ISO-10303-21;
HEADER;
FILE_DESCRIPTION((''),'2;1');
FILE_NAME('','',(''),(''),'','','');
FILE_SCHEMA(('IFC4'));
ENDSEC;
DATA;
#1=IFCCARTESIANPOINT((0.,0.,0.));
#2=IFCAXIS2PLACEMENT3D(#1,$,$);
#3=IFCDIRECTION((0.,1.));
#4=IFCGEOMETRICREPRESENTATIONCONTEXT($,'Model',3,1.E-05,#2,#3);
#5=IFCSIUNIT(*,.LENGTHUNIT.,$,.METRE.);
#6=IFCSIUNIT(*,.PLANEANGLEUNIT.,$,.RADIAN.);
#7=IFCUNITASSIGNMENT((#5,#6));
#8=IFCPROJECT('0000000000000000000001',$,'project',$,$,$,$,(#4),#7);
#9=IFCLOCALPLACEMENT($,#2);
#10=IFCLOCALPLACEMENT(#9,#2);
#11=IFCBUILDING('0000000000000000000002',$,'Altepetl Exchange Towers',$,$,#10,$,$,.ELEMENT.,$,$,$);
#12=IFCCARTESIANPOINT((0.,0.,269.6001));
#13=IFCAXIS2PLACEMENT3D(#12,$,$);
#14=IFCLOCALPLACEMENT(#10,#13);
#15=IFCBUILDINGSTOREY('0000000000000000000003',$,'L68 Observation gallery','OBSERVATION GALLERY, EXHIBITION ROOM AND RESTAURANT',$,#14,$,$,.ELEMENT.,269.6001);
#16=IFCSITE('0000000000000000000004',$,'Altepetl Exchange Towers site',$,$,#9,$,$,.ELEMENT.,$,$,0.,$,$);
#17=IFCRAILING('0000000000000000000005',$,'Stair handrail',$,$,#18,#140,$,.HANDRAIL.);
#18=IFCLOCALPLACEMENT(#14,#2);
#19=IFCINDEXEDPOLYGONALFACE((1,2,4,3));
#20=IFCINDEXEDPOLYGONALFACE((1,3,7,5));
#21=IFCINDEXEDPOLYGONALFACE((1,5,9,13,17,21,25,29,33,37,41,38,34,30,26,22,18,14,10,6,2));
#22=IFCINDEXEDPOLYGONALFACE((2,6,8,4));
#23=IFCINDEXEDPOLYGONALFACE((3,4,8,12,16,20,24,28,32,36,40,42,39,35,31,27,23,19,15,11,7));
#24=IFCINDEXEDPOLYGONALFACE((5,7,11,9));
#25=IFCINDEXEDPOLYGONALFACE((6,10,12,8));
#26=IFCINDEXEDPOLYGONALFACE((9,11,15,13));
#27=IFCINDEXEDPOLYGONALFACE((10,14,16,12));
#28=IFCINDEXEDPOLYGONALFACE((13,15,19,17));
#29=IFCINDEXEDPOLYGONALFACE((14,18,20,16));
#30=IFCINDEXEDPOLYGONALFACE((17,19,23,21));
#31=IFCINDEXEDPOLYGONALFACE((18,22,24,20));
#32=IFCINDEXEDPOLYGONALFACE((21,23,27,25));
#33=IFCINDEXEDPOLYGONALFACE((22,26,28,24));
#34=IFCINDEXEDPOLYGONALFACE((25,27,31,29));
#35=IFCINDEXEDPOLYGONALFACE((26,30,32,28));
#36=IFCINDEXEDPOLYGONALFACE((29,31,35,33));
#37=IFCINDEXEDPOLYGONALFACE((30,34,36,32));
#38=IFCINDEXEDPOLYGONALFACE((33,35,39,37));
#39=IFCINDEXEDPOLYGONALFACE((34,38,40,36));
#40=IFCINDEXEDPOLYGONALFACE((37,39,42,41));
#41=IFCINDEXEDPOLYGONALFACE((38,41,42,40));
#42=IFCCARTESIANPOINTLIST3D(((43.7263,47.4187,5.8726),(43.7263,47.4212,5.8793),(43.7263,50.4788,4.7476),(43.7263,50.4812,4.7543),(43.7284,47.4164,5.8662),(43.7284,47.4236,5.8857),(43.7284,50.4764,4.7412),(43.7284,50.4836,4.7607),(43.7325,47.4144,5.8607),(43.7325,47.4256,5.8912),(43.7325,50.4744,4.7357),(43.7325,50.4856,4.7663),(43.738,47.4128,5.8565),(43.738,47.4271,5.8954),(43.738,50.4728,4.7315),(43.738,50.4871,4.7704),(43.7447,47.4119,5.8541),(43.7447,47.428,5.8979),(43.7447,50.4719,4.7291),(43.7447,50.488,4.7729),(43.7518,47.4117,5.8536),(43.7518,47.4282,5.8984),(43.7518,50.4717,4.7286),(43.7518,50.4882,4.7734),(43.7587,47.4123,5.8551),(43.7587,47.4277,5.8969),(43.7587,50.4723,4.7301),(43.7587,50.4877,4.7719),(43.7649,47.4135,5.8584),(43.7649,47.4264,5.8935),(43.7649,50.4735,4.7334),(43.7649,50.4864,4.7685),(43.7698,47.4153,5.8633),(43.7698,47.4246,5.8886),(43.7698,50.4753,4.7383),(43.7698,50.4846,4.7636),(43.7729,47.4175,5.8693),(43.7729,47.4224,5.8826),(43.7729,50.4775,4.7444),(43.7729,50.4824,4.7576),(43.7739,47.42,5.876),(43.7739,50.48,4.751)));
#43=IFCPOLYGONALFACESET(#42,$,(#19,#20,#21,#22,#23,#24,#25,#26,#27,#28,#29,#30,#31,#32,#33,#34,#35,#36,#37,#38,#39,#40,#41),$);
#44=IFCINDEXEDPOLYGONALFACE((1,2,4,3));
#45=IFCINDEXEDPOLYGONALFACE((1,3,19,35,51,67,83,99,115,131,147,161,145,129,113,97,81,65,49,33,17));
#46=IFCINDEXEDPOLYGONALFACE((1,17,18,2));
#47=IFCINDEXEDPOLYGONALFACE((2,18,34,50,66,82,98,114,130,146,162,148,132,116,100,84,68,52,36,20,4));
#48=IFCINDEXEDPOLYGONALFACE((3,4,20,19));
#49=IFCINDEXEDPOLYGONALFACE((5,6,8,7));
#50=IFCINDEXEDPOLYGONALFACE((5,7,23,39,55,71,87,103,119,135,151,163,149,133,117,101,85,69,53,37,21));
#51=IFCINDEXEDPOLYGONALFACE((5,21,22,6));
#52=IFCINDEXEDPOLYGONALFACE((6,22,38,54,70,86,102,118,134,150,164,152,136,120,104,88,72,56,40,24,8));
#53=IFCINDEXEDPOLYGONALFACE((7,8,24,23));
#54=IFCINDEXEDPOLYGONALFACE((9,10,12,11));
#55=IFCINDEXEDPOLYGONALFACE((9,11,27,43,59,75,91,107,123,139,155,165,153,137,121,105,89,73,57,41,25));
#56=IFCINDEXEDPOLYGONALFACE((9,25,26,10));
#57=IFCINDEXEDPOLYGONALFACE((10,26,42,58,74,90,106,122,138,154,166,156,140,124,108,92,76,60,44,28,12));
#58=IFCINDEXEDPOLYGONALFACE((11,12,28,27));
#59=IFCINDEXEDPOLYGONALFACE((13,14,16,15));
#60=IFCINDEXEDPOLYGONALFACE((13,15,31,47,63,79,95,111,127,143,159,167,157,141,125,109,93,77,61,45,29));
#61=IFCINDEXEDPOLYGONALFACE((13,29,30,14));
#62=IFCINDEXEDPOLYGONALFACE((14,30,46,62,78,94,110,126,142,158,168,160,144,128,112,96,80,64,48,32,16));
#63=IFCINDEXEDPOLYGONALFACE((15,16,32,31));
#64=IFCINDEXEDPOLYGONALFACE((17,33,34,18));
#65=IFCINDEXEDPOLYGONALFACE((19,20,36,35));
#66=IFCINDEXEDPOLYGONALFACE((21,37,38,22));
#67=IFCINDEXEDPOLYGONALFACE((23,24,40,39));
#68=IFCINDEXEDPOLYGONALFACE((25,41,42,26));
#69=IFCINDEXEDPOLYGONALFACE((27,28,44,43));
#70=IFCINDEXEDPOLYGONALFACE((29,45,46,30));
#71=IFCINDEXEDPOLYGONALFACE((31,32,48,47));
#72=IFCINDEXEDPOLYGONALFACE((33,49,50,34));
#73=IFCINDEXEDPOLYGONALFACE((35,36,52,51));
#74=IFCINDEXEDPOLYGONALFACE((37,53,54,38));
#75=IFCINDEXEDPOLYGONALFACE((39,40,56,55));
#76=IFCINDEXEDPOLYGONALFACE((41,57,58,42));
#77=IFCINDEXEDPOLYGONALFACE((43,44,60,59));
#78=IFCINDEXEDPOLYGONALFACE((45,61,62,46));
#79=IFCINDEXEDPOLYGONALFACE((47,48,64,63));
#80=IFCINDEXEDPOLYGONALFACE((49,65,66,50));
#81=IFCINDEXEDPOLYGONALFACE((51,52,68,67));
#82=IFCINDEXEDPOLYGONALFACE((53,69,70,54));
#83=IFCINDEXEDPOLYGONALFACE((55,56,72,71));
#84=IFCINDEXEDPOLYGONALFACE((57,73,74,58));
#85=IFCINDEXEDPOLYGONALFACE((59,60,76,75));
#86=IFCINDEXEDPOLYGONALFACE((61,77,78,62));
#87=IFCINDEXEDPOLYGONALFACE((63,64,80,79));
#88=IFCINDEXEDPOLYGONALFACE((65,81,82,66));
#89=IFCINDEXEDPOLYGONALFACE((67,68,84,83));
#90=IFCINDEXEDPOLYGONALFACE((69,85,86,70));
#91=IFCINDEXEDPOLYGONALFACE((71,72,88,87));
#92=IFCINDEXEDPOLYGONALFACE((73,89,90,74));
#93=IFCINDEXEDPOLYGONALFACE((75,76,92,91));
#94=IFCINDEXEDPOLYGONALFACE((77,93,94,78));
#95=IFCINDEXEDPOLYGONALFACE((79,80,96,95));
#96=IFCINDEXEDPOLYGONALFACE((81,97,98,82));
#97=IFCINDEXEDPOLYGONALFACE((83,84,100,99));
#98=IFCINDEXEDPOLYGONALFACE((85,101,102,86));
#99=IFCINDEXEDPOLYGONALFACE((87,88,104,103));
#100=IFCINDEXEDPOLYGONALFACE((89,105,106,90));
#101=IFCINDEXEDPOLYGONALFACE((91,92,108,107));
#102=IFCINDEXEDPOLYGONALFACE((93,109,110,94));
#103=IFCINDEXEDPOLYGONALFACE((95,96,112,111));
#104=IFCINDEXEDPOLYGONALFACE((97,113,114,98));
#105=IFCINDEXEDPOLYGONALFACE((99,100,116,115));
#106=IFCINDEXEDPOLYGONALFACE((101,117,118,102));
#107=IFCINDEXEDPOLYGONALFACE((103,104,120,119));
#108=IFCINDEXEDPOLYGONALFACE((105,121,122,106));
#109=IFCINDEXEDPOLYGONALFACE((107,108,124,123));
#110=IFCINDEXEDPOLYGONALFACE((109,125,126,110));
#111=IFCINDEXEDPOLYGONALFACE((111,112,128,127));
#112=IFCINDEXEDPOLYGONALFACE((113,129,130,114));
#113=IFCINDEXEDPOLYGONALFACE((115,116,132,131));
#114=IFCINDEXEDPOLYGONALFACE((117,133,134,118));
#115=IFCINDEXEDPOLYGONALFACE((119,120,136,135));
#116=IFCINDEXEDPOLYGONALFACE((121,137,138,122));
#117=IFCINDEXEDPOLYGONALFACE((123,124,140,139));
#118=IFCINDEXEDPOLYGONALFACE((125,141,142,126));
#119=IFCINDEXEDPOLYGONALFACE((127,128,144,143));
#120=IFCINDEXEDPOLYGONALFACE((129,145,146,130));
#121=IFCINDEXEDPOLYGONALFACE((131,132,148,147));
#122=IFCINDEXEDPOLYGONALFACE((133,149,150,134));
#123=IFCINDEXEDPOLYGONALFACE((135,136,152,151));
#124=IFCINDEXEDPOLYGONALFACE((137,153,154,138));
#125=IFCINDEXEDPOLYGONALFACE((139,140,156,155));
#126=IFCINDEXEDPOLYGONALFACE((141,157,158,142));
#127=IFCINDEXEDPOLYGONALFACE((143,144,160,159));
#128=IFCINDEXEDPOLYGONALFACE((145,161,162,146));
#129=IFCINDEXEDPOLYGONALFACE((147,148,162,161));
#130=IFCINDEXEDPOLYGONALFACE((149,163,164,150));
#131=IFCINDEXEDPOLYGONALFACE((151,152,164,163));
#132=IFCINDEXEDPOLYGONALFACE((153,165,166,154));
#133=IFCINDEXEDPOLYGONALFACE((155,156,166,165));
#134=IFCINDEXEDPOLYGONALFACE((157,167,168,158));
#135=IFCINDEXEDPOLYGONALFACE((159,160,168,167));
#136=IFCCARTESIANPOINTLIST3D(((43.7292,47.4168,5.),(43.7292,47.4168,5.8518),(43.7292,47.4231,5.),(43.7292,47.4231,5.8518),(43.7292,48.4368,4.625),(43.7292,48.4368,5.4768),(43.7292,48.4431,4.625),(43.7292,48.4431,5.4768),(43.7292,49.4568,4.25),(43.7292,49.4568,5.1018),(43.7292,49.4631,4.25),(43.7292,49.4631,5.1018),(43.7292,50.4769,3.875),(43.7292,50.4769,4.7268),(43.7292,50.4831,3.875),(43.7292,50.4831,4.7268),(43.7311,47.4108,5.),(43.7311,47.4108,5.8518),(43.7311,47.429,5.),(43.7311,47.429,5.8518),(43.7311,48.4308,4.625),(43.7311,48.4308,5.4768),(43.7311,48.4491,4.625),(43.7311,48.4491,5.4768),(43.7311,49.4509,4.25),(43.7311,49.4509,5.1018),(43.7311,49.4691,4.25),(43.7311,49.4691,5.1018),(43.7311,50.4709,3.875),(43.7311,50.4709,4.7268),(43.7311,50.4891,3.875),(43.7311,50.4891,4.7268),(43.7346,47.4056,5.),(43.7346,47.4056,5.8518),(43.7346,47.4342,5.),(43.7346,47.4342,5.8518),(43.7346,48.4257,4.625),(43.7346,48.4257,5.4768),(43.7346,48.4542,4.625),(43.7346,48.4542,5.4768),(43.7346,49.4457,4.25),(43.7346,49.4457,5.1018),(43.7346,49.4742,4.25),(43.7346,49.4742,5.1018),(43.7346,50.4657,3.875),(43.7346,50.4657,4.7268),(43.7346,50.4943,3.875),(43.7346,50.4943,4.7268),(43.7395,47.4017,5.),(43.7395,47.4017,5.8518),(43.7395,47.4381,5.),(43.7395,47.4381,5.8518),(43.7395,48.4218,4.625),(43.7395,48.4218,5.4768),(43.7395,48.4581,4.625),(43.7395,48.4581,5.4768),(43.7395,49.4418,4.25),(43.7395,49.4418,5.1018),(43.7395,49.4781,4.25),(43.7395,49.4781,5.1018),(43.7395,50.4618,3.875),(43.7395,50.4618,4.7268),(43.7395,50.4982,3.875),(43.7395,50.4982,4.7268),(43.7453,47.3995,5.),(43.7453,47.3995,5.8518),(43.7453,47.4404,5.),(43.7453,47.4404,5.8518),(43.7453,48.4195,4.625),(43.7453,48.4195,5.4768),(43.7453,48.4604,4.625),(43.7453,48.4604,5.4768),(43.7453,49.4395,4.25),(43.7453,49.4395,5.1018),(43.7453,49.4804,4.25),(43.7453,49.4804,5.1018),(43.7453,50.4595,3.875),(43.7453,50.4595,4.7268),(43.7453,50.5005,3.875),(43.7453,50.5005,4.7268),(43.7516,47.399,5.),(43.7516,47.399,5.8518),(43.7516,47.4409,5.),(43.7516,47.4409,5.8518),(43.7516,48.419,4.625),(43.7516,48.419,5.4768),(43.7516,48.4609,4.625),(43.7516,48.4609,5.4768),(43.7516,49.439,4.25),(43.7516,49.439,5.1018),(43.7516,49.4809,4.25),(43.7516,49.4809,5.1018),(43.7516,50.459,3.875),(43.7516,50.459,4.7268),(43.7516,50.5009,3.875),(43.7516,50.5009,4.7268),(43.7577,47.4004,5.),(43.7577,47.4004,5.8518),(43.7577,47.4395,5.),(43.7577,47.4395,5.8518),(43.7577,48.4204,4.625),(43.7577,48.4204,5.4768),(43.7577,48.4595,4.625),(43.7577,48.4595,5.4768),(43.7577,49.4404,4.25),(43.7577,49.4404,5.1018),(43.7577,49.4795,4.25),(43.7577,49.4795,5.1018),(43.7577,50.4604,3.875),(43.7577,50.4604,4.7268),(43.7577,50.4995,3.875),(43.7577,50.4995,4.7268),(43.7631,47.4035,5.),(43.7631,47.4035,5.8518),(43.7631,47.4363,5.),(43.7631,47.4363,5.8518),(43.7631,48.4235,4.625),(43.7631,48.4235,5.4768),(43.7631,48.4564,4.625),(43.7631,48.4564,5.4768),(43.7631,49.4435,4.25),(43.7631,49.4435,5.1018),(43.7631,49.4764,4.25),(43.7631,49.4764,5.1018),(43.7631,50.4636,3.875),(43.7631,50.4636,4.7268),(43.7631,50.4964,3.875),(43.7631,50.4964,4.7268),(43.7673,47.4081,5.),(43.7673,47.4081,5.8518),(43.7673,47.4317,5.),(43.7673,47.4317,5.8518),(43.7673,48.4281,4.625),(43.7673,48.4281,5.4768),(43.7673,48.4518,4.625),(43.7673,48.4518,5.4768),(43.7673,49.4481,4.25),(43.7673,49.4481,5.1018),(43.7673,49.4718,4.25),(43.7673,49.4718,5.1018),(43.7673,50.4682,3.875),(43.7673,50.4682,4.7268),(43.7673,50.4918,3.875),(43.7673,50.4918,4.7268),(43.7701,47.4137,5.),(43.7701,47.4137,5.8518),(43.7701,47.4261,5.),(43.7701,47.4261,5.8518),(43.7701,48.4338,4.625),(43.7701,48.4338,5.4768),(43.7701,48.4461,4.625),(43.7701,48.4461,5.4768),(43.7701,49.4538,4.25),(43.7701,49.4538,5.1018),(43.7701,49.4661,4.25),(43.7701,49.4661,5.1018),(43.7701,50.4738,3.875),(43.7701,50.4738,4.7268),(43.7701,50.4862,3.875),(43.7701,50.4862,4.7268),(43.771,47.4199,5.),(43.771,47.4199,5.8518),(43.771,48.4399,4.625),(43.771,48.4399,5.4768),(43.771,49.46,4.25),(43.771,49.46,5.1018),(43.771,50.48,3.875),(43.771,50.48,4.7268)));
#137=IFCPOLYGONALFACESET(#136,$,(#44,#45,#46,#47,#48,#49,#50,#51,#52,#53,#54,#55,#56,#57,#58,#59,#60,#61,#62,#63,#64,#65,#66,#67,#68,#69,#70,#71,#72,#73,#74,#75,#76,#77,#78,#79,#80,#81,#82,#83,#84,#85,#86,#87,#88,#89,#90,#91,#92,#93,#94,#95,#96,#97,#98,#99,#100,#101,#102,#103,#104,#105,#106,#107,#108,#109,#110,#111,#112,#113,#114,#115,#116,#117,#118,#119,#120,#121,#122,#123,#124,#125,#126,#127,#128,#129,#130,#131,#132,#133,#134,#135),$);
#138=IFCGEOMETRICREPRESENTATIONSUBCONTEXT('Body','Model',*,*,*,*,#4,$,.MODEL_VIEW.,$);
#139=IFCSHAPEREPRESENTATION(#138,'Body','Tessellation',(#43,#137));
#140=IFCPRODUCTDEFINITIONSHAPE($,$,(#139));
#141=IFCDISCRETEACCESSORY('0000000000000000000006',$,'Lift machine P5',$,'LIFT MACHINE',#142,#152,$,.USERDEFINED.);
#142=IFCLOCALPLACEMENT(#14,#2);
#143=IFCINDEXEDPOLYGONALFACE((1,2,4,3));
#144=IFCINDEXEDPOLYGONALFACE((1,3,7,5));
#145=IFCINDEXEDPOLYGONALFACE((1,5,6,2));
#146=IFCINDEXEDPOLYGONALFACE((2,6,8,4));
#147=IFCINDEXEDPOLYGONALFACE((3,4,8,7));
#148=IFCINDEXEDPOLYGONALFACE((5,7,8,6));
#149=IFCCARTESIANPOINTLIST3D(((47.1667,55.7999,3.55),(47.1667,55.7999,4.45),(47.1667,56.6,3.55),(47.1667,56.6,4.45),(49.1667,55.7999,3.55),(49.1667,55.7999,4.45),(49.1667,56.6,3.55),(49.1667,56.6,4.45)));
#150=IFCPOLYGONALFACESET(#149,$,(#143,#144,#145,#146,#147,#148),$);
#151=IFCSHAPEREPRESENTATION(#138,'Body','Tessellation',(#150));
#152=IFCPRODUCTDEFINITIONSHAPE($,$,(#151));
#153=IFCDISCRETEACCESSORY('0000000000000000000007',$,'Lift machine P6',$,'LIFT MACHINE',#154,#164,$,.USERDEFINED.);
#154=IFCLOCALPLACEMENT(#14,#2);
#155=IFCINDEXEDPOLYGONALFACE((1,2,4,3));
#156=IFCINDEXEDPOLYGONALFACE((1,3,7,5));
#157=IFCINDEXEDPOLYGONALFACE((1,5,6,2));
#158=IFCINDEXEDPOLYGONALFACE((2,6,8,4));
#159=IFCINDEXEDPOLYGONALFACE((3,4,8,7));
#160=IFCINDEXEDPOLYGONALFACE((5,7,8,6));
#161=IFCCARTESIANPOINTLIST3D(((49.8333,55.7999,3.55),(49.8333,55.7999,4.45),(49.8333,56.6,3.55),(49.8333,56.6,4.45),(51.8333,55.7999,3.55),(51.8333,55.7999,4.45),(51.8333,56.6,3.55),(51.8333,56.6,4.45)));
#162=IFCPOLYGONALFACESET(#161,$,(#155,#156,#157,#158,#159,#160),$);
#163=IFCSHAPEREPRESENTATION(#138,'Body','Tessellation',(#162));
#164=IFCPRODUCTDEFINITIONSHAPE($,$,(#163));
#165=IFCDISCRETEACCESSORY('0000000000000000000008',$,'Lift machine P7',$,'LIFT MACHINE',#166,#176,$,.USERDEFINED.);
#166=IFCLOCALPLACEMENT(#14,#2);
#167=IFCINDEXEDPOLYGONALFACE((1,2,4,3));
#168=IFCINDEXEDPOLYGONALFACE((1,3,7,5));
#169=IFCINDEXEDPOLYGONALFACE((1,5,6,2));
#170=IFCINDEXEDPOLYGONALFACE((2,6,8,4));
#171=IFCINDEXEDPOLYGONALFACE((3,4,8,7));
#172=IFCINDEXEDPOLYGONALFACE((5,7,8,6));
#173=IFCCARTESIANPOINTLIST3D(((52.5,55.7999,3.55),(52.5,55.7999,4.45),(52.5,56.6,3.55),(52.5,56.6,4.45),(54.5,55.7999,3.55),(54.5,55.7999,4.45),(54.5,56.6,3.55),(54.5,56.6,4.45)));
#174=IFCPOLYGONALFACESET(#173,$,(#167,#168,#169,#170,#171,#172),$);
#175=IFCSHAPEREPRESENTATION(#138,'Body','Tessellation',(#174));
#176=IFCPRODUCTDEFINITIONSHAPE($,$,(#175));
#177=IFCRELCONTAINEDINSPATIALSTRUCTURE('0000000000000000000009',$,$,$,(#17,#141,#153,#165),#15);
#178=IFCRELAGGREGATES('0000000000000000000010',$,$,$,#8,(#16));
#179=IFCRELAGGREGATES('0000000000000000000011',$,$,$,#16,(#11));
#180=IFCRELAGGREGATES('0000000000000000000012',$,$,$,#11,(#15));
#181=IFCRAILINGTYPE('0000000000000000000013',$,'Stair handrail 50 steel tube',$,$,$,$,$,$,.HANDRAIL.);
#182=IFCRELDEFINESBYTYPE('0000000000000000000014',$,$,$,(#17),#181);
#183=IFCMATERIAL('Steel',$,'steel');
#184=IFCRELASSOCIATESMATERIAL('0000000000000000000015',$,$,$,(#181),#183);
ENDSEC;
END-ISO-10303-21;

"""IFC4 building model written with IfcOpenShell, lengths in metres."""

from ifc_helpers import new_model, si_unit, direction, frame, origin, origin_2d, place, context, subcontext, project, spatial, rectangle, circle, extrude, source, transform, mapped, material, type_object, element, save


model = new_model("IFC4")

# Units and contexts
model_context = context("Model", 3, precision=1e-05, world=origin(), true_north=direction((0.0, 1.0)))
body_context = subcontext(model_context, "Body", "Model", "MODEL_VIEW")
ifc_project = project(units=[si_unit("LENGTHUNIT", "METRE"), si_unit("PLANEANGLEUNIT", "RADIAN")], contexts=[model_context])

# Site, building, storey
site_placement = place(None, origin())
site = spatial("IfcSite", under=ifc_project, at=site_placement, Name="Altepetl Exchange Towers site", CompositionType="ELEMENT", RefElevation=0.0)
building_placement = place(site_placement, origin())
building = spatial("IfcBuilding", under=site, at=building_placement, Name="Altepetl Exchange Towers", CompositionType="ELEMENT")
storey_placement = place(building_placement, frame((0.0, 0.0, 269.6001)))
storey = spatial("IfcBuildingStorey", under=building, at=storey_placement, Name="L68 Observation gallery", Description="OBSERVATION GALLERY, EXHIBITION ROOM AND RESTAURANT", CompositionType="ELEMENT", Elevation=269.6001)

# Railing
ifc_material_1 = material(Name="Steel", Category="steel")
railing_type = type_object("IfcRailingType", Name="Stair handrail 50 steel tube", PredefinedType="HANDRAIL", material=ifc_material_1)
shared_shape = source(origin(), body_context, "Body", "SweptSolid", [
    extrude(circle(Radius=0.021, at=origin_2d()), origin(), (0.0, 0.0, 1.0), 0.8518),
])
for number, where, name in (
    (1, (43.75, 50.48, 3.875), "Stair handrail"),
):
    element("IfcRailing", number, at=place(storey_placement, frame(where)), inside=storey, type_object=railing_type, Name=name, PredefinedType="HANDRAIL", context=body_context, shape_type="SweptSolid", body=[
        extrude(circle(Radius=0.0239, at=origin_2d()), frame((0.0, 0.0, 0.876), z_axis=(0.0, -0.938581, 0.34506), x_axis=(1.0, 0.0, 0.0)), (0.0, 0.0, 1.0), 3.2603),
        mapped(shared_shape, transform((0.0, 0.0, 0.0))),
        mapped(shared_shape, transform((0.0, -1.02, 0.375))),
        mapped(shared_shape, transform((0.0, -2.04, 0.75))),
        mapped(shared_shape, transform((0.0, -3.0601, 1.125))),
    ])

# Discrete accessories
for number, where, name in (
    (2, (48.1667, 56.2, 3.55), "Lift machine P5"),
    (3, (50.8333, 56.2, 3.55), "Lift machine P6"),
    (4, (53.5, 56.2, 3.55), "Lift machine P7"),
):
    element("IfcDiscreteAccessory", number, at=place(storey_placement, frame(where)), inside=storey, Name=name, ObjectType="LIFT MACHINE", PredefinedType="USERDEFINED", context=body_context, shape_type="SweptSolid", body=[
        extrude(rectangle(XDim=2.0, YDim=0.8, at=origin_2d()), origin(), (0.0, 0.0, 1.0), 0.8999),
    ])

save(model, "model.ifc")
